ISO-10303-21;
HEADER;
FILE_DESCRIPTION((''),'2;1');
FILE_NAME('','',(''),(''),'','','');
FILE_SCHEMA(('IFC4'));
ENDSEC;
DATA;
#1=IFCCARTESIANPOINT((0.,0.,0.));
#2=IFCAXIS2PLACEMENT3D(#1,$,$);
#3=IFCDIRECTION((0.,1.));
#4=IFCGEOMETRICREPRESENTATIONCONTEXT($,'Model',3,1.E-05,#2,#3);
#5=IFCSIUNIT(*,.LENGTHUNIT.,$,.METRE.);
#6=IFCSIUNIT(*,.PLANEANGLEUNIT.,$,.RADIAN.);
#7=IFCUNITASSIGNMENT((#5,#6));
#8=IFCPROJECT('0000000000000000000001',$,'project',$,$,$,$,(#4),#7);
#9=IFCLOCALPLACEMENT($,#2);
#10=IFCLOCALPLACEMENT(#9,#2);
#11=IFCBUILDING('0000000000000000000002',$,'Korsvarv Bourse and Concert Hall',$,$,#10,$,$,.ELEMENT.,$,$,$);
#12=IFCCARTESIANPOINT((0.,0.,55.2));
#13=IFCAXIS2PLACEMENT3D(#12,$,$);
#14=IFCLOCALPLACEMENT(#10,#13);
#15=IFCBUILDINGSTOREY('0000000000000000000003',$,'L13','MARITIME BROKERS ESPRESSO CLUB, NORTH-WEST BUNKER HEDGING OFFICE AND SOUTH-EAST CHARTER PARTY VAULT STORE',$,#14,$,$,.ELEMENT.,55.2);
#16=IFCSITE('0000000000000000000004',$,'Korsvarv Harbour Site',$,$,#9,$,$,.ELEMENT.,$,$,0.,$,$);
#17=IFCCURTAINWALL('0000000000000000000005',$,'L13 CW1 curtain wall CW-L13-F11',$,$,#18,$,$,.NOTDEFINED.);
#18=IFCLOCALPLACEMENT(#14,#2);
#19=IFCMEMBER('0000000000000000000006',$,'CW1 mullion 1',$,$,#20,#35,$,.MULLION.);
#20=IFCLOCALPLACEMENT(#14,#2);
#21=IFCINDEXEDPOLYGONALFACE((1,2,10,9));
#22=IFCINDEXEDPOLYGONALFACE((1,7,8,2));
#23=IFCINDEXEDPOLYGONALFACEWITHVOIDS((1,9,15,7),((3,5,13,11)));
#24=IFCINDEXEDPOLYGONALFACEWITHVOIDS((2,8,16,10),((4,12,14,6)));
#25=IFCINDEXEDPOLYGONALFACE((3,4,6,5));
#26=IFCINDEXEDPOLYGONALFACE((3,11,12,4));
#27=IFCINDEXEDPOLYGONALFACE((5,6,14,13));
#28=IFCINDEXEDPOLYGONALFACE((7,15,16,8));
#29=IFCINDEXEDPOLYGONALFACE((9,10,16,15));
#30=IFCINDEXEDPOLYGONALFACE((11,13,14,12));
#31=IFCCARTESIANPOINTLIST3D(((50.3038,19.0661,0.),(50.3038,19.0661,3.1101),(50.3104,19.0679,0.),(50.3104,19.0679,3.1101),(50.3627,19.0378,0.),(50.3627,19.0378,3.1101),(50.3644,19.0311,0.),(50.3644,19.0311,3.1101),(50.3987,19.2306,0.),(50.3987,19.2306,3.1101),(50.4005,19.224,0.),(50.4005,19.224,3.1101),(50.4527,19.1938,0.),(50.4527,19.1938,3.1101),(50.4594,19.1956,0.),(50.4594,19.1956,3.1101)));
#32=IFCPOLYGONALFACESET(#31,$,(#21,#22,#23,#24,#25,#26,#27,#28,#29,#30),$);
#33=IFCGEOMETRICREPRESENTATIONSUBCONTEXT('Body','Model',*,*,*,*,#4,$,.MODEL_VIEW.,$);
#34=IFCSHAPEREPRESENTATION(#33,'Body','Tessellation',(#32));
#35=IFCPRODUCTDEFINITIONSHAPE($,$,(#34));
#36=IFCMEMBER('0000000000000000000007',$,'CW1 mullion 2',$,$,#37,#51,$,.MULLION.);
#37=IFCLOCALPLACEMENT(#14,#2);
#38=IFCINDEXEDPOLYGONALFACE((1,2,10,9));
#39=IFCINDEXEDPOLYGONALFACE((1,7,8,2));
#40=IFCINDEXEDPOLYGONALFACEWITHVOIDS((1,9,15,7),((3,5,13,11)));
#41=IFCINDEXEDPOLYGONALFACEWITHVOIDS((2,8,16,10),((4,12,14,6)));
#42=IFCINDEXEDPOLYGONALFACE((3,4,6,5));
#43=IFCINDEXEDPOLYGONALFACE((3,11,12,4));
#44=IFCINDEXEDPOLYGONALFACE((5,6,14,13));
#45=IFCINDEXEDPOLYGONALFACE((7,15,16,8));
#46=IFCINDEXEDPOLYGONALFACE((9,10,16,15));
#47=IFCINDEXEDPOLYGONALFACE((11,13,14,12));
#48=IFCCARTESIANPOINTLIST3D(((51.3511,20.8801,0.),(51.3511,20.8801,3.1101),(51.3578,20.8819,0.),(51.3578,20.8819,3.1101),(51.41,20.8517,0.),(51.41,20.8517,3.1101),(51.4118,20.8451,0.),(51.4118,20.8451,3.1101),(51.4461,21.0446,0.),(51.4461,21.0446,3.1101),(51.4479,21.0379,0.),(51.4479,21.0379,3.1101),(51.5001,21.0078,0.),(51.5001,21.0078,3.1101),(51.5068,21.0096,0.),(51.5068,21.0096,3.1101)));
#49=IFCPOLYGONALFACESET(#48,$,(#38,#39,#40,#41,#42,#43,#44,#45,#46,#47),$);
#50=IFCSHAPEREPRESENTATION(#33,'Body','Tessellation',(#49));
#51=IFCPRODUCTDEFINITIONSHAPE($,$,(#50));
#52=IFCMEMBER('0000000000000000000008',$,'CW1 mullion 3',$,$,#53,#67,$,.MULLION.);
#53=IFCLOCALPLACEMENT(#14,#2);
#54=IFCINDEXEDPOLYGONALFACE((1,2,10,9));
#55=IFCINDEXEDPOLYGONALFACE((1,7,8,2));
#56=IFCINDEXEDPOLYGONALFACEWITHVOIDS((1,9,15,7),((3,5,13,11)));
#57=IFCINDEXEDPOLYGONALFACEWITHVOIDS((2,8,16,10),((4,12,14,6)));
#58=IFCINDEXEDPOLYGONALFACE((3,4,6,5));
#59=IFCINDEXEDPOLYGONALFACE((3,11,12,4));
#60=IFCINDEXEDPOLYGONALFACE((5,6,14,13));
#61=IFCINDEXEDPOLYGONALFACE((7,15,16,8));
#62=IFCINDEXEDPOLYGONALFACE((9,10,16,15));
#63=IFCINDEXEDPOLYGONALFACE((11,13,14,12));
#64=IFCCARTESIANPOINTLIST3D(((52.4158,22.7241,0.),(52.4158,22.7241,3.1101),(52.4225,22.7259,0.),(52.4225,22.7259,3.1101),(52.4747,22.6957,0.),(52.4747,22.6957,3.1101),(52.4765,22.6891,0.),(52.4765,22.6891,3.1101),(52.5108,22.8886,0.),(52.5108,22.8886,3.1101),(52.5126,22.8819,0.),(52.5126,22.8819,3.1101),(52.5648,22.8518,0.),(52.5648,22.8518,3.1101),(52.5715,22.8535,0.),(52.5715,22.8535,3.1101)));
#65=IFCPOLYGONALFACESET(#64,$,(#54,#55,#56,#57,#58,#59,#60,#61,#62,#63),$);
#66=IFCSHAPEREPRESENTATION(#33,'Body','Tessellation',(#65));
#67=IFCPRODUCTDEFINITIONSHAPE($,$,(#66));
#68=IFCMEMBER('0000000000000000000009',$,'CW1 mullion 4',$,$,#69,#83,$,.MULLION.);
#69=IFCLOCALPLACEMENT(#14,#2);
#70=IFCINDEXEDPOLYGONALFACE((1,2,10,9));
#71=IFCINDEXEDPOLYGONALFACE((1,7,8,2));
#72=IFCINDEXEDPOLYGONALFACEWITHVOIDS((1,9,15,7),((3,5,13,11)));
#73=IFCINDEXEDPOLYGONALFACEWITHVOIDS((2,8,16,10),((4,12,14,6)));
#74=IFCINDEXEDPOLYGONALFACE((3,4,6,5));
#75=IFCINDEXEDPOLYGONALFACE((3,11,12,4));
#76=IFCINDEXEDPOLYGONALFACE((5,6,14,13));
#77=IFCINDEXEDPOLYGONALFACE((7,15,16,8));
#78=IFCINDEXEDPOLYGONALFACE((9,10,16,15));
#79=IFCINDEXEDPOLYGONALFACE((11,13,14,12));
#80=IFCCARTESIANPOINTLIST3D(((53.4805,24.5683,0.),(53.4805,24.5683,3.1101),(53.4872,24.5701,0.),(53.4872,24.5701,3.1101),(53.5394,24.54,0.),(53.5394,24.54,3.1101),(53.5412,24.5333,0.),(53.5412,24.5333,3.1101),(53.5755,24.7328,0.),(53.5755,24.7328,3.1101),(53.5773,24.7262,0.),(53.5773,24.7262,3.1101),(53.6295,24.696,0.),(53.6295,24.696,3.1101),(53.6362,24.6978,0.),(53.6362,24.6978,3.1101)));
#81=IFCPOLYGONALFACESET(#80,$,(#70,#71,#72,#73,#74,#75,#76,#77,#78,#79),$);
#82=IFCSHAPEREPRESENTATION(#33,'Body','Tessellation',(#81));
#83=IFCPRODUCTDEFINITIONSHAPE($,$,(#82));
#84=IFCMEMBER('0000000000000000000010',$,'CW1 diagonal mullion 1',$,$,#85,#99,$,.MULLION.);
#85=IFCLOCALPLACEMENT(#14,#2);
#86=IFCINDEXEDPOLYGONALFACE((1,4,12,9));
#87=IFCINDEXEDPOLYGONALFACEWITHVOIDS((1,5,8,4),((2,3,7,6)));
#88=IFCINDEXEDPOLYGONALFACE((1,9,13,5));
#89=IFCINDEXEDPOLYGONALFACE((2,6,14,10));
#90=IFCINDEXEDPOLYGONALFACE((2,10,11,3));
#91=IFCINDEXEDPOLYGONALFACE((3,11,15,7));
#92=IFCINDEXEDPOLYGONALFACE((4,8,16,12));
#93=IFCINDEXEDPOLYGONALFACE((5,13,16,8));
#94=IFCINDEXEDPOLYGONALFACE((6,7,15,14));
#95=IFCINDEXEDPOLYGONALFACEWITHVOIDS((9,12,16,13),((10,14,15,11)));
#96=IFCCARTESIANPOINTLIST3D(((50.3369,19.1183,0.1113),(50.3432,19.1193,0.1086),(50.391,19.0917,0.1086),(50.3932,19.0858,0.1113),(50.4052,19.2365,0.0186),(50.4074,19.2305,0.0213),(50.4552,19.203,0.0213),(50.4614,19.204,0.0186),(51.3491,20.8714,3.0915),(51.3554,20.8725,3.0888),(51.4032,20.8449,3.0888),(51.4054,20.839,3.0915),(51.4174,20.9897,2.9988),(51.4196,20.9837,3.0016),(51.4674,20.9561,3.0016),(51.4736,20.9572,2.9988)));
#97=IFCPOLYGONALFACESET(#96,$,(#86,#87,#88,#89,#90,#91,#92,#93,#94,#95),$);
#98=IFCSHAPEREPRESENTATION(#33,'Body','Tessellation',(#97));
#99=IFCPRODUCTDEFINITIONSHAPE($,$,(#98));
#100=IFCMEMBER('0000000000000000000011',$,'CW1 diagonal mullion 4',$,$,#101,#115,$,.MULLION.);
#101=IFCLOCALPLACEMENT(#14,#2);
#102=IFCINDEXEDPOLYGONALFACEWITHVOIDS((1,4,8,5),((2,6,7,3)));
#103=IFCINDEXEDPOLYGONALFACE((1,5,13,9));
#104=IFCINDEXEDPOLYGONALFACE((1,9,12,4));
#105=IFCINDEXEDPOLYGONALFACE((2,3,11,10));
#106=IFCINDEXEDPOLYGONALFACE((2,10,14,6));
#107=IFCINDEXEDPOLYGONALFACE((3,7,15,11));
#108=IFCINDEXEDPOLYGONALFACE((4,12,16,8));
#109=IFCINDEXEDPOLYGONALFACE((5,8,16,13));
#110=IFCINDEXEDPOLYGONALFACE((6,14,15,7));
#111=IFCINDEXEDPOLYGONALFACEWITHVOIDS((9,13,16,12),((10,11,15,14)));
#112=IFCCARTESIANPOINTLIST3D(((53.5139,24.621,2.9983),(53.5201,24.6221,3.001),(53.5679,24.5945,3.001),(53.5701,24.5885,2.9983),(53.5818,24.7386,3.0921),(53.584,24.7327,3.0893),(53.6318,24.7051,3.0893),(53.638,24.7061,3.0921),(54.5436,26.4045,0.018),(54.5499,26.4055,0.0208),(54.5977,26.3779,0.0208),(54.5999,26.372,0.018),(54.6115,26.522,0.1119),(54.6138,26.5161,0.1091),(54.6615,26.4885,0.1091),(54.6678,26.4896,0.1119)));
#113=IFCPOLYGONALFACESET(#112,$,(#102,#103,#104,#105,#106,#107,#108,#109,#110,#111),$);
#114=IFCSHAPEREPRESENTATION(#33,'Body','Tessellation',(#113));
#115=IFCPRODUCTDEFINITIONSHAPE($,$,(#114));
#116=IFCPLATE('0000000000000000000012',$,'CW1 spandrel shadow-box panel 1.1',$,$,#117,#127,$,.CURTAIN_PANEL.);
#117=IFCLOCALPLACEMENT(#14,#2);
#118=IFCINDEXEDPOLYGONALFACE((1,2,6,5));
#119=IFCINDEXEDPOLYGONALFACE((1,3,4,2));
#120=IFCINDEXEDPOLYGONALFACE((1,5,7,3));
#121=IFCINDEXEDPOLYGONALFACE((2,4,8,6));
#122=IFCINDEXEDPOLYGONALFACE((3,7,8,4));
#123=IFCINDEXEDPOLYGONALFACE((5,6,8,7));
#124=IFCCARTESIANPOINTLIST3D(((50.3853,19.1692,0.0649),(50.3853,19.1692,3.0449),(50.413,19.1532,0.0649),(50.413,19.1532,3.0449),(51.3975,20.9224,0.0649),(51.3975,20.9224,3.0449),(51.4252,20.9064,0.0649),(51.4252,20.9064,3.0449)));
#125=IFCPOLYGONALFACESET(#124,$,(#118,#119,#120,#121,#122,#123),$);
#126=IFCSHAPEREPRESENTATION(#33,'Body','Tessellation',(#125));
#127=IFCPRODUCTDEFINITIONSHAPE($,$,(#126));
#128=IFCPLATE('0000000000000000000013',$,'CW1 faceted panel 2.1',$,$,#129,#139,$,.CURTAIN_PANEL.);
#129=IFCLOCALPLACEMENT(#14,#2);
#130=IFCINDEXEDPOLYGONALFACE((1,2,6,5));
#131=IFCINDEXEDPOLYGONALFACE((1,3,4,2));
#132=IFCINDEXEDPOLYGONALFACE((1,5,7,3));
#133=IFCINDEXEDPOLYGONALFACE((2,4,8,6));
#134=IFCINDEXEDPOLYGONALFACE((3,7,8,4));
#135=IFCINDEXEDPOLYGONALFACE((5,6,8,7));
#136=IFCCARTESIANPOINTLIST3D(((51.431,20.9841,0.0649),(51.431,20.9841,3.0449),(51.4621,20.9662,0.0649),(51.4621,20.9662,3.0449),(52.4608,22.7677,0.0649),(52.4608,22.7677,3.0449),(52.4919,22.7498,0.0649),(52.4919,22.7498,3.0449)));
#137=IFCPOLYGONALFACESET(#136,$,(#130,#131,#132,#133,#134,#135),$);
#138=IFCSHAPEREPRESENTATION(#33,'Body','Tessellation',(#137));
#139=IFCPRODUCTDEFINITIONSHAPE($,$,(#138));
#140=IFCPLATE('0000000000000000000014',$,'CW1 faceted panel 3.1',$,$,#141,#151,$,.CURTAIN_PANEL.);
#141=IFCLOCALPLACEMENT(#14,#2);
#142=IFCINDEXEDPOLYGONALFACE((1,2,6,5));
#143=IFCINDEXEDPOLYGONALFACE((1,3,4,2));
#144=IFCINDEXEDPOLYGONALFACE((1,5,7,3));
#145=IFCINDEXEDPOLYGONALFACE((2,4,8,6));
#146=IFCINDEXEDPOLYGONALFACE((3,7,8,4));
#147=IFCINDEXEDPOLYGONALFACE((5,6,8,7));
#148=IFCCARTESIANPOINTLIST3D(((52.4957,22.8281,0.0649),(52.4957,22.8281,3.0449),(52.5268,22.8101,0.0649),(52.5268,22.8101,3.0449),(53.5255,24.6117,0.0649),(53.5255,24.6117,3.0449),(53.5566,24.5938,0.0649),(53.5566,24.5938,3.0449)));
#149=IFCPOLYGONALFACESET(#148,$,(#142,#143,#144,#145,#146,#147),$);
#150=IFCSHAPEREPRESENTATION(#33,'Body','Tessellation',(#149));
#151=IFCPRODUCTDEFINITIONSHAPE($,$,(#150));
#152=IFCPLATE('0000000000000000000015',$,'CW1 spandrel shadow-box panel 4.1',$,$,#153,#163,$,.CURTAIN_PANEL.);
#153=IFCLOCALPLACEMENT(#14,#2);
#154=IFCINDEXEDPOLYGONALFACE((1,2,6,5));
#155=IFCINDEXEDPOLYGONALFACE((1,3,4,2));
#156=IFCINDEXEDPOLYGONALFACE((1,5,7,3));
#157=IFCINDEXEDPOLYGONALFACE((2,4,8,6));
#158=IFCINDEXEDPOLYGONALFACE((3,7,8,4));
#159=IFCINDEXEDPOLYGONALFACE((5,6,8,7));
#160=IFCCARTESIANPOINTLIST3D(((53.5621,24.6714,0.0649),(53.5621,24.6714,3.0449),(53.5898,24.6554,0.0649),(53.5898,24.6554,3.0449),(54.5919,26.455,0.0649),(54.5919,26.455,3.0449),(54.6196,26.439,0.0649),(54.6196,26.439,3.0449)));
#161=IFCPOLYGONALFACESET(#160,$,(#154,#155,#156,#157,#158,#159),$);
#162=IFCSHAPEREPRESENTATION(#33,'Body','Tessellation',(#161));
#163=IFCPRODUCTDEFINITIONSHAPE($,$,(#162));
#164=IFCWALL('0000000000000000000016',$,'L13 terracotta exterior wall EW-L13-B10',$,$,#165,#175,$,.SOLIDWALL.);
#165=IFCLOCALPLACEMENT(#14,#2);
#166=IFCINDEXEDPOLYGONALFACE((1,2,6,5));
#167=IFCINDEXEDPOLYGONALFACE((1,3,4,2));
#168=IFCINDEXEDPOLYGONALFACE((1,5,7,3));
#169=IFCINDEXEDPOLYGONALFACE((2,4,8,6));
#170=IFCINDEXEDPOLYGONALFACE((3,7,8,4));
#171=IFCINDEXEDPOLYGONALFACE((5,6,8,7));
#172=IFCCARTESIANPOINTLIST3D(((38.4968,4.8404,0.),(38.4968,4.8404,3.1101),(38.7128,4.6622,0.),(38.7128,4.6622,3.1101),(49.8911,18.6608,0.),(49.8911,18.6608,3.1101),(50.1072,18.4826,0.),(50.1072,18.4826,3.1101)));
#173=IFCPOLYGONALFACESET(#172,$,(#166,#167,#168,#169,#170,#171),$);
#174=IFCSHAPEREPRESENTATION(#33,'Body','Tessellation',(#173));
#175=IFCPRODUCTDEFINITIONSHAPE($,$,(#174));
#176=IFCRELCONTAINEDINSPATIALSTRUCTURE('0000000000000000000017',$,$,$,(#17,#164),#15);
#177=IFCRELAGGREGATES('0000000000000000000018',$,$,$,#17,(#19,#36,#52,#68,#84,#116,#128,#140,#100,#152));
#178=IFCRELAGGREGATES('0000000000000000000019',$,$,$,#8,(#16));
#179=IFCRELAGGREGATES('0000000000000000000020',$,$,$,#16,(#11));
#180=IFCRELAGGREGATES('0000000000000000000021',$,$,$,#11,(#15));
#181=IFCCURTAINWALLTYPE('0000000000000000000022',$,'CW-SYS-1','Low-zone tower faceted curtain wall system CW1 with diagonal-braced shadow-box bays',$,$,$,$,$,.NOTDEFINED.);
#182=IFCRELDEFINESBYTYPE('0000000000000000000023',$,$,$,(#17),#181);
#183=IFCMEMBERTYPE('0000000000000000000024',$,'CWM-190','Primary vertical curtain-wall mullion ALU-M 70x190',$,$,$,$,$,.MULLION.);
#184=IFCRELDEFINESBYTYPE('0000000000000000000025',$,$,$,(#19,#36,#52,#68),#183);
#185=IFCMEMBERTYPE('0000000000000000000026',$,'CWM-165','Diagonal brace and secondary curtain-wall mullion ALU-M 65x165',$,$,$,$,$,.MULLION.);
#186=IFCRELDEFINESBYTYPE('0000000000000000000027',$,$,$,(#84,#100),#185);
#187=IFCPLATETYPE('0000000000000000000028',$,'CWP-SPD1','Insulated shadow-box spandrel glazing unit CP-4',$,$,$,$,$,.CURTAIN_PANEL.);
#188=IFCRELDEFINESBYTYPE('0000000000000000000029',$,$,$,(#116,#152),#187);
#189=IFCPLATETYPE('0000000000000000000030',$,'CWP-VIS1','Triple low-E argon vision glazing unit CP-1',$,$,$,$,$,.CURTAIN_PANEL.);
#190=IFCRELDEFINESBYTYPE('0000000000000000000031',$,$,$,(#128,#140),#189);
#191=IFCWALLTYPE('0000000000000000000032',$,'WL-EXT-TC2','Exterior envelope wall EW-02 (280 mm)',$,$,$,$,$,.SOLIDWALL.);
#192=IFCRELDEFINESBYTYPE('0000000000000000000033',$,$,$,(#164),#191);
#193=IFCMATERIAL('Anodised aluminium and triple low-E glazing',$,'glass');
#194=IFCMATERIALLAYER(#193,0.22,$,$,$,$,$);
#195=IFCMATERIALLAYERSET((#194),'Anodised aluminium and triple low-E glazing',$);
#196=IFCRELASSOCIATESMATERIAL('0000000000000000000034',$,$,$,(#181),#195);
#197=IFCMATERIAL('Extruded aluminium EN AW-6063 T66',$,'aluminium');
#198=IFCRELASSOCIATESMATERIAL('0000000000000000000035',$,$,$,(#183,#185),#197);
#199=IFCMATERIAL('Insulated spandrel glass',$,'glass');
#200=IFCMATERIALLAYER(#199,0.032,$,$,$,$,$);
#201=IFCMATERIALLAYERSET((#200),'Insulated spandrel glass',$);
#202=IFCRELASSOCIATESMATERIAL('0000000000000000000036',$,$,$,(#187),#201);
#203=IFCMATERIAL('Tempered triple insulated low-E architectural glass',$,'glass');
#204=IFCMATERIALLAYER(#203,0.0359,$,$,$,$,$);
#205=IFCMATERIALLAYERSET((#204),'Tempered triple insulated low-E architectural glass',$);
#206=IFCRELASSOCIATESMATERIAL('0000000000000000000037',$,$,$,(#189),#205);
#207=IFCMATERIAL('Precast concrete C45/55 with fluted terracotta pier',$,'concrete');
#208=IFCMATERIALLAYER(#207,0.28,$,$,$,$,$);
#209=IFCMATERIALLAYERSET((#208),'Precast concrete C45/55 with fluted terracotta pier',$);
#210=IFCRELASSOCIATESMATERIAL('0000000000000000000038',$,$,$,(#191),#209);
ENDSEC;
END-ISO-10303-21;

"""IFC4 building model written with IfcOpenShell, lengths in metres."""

from ifc_helpers import new_model, si_unit, direction, frame, frame_2d, origin, origin_2d, place, context, subcontext, project, spatial, rectangle, hollow_rectangle, extrude, source, transform, mapped, material, layer, layer_set, material_profile, profile_set, type_object, element, aggregate, save


model = new_model("IFC4")

# Units and contexts
model_context = context("Model", 3, precision=1e-05, world=origin(), true_north=direction((0.0, 1.0)))
body_context = subcontext(model_context, "Body", "Model", "MODEL_VIEW")
ifc_project = project(units=[si_unit("LENGTHUNIT", "METRE"), si_unit("PLANEANGLEUNIT", "RADIAN")], contexts=[model_context])

# Site, building, storey
site_placement = place(None, origin())
site = spatial("IfcSite", under=ifc_project, at=site_placement, Name="Korsvarv Harbour Site", CompositionType="ELEMENT", RefElevation=0.0)
building_placement = place(site_placement, origin())
building = spatial("IfcBuilding", under=site, at=building_placement, Name="Korsvarv Bourse and Concert Hall", CompositionType="ELEMENT")
storey_placement = place(building_placement, frame((0.0, 0.0, 55.2)))
storey = spatial("IfcBuildingStorey", under=building, at=storey_placement, Name="L13", Description="MARITIME BROKERS ESPRESSO CLUB, NORTH-WEST BUNKER HEDGING OFFICE AND SOUTH-EAST CHARTER PARTY VAULT STORE", CompositionType="ELEMENT", Elevation=55.2)

# Curtain wall, members, plates
ifc_material_1 = material(Name="Anodised aluminium and triple low-E glazing", Category="glass")
ifc_layer_1 = layer(ifc_material_1, 0.22)
ifc_layer_set_1 = layer_set([ifc_layer_1], Name="Anodised aluminium and triple low-E glazing")
curtain_wall_type = type_object("IfcCurtainWallType", Name="CW-SYS-1", Description="Low-zone tower faceted curtain wall system CW1 with diagonal-braced shadow-box bays", PredefinedType="NOTDEFINED", material=ifc_layer_set_1)
curtain_wall_placement = place(storey_placement, origin())
curtain_wall = element("IfcCurtainWall", 1, at=curtain_wall_placement, inside=storey, type_object=curtain_wall_type, Name="L13 CW1 curtain wall CW-L13-F11", PredefinedType="NOTDEFINED")
ifc_material_2 = material(Name="Extruded aluminium EN AW-6063 T66", Category="aluminium")
ifc_material_profile_1 = material_profile(ifc_material_2, hollow_rectangle(XDim=0.0701, YDim=0.1899, WallThickness=0.0049, at=origin_2d()), Name="ALU-M 70x190")
ifc_profile_set_1 = profile_set([ifc_material_profile_1], Name="Extruded aluminium EN AW-6063 T66")
member_type_1 = type_object("IfcMemberType", Name="CWM-190", Description="Primary vertical curtain-wall mullion ALU-M 70x190", PredefinedType="MULLION", material=ifc_profile_set_1)
shared_shape_1 = source(origin(), body_context, "Body", "SweptSolid", [
    extrude(hollow_rectangle(XDim=0.0701, YDim=0.1899, WallThickness=0.0049, at=origin_2d()), origin(), (0.0, 0.0, 1.0), 3.1101),
])
member_1_placement = place(storey_placement, frame((50.3816, 19.1309, 0.0), z_axis=(0.0, 0.0, 1.0), x_axis=(-0.866025, 0.5, 0.0)))
member_1 = element("IfcMember", 2, at=member_1_placement, type_object=member_type_1, Name="CW1 mullion 1", PredefinedType="MULLION", context=body_context, shape_type="MappedRepresentation", body=[
    mapped(shared_shape_1, transform((0.0, 0.0, 0.0), scale=1.0)),
])
member_2_placement = place(storey_placement, frame((51.429, 20.9448, 0.0), z_axis=(0.0, 0.0, 1.0), x_axis=(-0.866025, 0.5, 0.0)))
member_2 = element("IfcMember", 3, at=member_2_placement, type_object=member_type_1, Name="CW1 mullion 2", PredefinedType="MULLION", context=body_context, shape_type="MappedRepresentation", body=[
    mapped(shared_shape_1, transform((0.0, 0.0, 0.0), scale=1.0)),
])
member_3_placement = place(storey_placement, frame((52.4937, 22.7888, 0.0), z_axis=(0.0, 0.0, 1.0), x_axis=(-0.866025, 0.5, 0.0)))
member_3 = element("IfcMember", 4, at=member_3_placement, type_object=member_type_1, Name="CW1 mullion 3", PredefinedType="MULLION", context=body_context, shape_type="MappedRepresentation", body=[
    mapped(shared_shape_1, transform((0.0, 0.0, 0.0), scale=1.0)),
])
member_4_placement = place(storey_placement, frame((53.5583, 24.6331, 0.0), z_axis=(0.0, 0.0, 1.0), x_axis=(-0.866025, 0.5, 0.0)))
member_4 = element("IfcMember", 5, at=member_4_placement, type_object=member_type_1, Name="CW1 mullion 4", PredefinedType="MULLION", context=body_context, shape_type="MappedRepresentation", body=[
    mapped(shared_shape_1, transform((0.0, 0.0, 0.0), scale=1.0)),
])
ifc_material_profile_2 = material_profile(ifc_material_2, hollow_rectangle(XDim=0.0649, YDim=0.165, WallThickness=0.0049, at=origin_2d()), Name="ALU-M 65x165")
ifc_profile_set_2 = profile_set([ifc_material_profile_2], Name="Extruded aluminium EN AW-6063 T66")
member_type_2 = type_object("IfcMemberType", Name="CWM-165", Description="Diagonal brace and secondary curtain-wall mullion ALU-M 65x165", PredefinedType="MULLION", material=ifc_profile_set_2)
shared_shape_2 = source(origin(), body_context, "Body", "SweptSolid", [
    extrude(hollow_rectangle(XDim=0.0649, YDim=0.165, WallThickness=0.0049, at=origin_2d()), origin(), (0.0, 0.0, 1.0), 3.6028),
])
member_5_placement = place(storey_placement, frame((50.3992, 19.1611, 0.0649), z_axis=(0.280953, 0.486619, 0.827205), x_axis=(-0.866023, 0.500004, 0.0)))
member_5 = element("IfcMember", 6, at=member_5_placement, type_object=member_type_2, Name="CW1 diagonal mullion 1", PredefinedType="MULLION", context=body_context, shape_type="MappedRepresentation", body=[
    mapped(shared_shape_2, transform((0.0, 0.0, 0.0), scale=1.0)),
])
shared_shape_3 = source(origin(), body_context, "Body", "SweptSolid", [
    extrude(hollow_rectangle(XDim=0.0649, YDim=0.165, WallThickness=0.0049, at=origin_2d()), origin(), (0.0, 0.0, 1.0), 3.6226),
])
member_6_placement = place(storey_placement, frame((54.6057, 26.447, 0.0649), z_axis=(-0.284271, -0.492318, 0.822687), x_axis=(0.866002, -0.500041, 0.0)))
member_6 = element("IfcMember", 7, at=member_6_placement, type_object=member_type_2, Name="CW1 diagonal mullion 4", PredefinedType="MULLION", context=body_context, shape_type="MappedRepresentation", body=[
    mapped(shared_shape_3, transform((0.0, 0.0, 0.0), scale=1.0)),
])
ifc_material_3 = material(Name="Insulated spandrel glass", Category="glass")
ifc_layer_2 = layer(ifc_material_3, 0.032)
ifc_layer_set_2 = layer_set([ifc_layer_2], Name="Insulated spandrel glass")
plate_type_1 = type_object("IfcPlateType", Name="CWP-SPD1", Description="Insulated shadow-box spandrel glazing unit CP-4", PredefinedType="CURTAIN_PANEL", material=ifc_layer_set_2)
shared_shape_4 = source(origin(), body_context, "Body", "SweptSolid", [
    extrude(rectangle(XDim=2.0244, YDim=0.032, at=origin_2d()), origin(), (0.0, 0.0, 1.0), 2.98),
])
plate_1_placement = place(storey_placement, frame((50.9053, 20.0378, 0.0649), z_axis=(0.0, 0.0, 1.0), x_axis=(0.5, 0.866025, 0.0)))
plate_1 = element("IfcPlate", 8, at=plate_1_placement, type_object=plate_type_1, Name="CW1 spandrel shadow-box panel 1.1", PredefinedType="CURTAIN_PANEL", context=body_context, shape_type="MappedRepresentation", body=[
    mapped(shared_shape_4, transform((0.0, 0.0, 0.0), scale=1.0)),
])
ifc_material_4 = material(Name="Tempered triple insulated low-E architectural glass", Category="glass")
ifc_layer_3 = layer(ifc_material_4, 0.0359)
ifc_layer_set_3 = layer_set([ifc_layer_3], Name="Tempered triple insulated low-E architectural glass")
plate_type_2 = type_object("IfcPlateType", Name="CWP-VIS1", Description="Triple low-E argon vision glazing unit CP-1", PredefinedType="CURTAIN_PANEL", material=ifc_layer_set_3)
shared_shape_5 = source(origin(), body_context, "Body", "SweptSolid", [
    extrude(rectangle(XDim=2.0596, YDim=0.0359, at=origin_2d()), origin(), (0.0, 0.0, 1.0), 2.98),
])
plate_2_placement = place(storey_placement, frame((51.9614, 21.8669, 0.0649), z_axis=(0.0, 0.0, 1.0), x_axis=(0.5, 0.866025, 0.0)))
plate_2 = element("IfcPlate", 9, at=plate_2_placement, type_object=plate_type_2, Name="CW1 faceted panel 2.1", PredefinedType="CURTAIN_PANEL", context=body_context, shape_type="MappedRepresentation", body=[
    mapped(shared_shape_5, transform((0.0, 0.0, 0.0), scale=1.0)),
])
plate_3_placement = place(storey_placement, frame((53.0261, 23.7109, 0.0649), z_axis=(0.0, 0.0, 1.0), x_axis=(0.5, 0.866025, 0.0)))
plate_3 = element("IfcPlate", 10, at=plate_3_placement, type_object=plate_type_2, Name="CW1 faceted panel 3.1", PredefinedType="CURTAIN_PANEL", context=body_context, shape_type="MappedRepresentation", body=[
    mapped(shared_shape_5, transform((0.0, 0.0, 0.0), scale=1.0)),
])
shared_shape_6 = source(origin(), body_context, "Body", "SweptSolid", [
    extrude(rectangle(XDim=2.0596, YDim=0.032, at=origin_2d()), origin(), (0.0, 0.0, 1.0), 2.98),
])
plate_4_placement = place(storey_placement, frame((54.0908, 25.5552, 0.0649), z_axis=(0.0, 0.0, 1.0), x_axis=(0.5, 0.866025, 0.0)))
plate_4 = element("IfcPlate", 11, at=plate_4_placement, type_object=plate_type_1, Name="CW1 spandrel shadow-box panel 4.1", PredefinedType="CURTAIN_PANEL", context=body_context, shape_type="MappedRepresentation", body=[
    mapped(shared_shape_6, transform((0.0, 0.0, 0.0), scale=1.0)),
])
aggregate(curtain_wall, [member_1, member_2, member_3, member_4, member_5, plate_1, plate_2, plate_3, member_6, plate_4])

# Wall
ifc_material_5 = material(Name="Precast concrete C45/55 with fluted terracotta pier", Category="concrete")
ifc_layer_4 = layer(ifc_material_5, 0.28)
ifc_layer_set_4 = layer_set([ifc_layer_4], Name="Precast concrete C45/55 with fluted terracotta pier")
wall_type_1 = type_object("IfcWallType", Name="WL-EXT-TC2", Description="Exterior envelope wall EW-02 (280 mm)", PredefinedType="SOLIDWALL", material=ifc_layer_set_4)
wall_1_placement = place(storey_placement, frame((38.6047, 4.7512, 0.0), z_axis=(0.0, 0.0, 1.0), x_axis=(0.636135, 0.771578, 0.0)))
element("IfcWall", 12, at=wall_1_placement, inside=storey, type_object=wall_type_1, Name="L13 terracotta exterior wall EW-L13-B10", PredefinedType="SOLIDWALL", context=body_context, shape_type="SweptSolid", body=[
    extrude(rectangle(XDim=17.9119, YDim=0.28, at=frame_2d((8.9561, 0.0))), origin(), (0.0, 0.0, 1.0), 3.1101),
])

save(model, "model.ifc")
